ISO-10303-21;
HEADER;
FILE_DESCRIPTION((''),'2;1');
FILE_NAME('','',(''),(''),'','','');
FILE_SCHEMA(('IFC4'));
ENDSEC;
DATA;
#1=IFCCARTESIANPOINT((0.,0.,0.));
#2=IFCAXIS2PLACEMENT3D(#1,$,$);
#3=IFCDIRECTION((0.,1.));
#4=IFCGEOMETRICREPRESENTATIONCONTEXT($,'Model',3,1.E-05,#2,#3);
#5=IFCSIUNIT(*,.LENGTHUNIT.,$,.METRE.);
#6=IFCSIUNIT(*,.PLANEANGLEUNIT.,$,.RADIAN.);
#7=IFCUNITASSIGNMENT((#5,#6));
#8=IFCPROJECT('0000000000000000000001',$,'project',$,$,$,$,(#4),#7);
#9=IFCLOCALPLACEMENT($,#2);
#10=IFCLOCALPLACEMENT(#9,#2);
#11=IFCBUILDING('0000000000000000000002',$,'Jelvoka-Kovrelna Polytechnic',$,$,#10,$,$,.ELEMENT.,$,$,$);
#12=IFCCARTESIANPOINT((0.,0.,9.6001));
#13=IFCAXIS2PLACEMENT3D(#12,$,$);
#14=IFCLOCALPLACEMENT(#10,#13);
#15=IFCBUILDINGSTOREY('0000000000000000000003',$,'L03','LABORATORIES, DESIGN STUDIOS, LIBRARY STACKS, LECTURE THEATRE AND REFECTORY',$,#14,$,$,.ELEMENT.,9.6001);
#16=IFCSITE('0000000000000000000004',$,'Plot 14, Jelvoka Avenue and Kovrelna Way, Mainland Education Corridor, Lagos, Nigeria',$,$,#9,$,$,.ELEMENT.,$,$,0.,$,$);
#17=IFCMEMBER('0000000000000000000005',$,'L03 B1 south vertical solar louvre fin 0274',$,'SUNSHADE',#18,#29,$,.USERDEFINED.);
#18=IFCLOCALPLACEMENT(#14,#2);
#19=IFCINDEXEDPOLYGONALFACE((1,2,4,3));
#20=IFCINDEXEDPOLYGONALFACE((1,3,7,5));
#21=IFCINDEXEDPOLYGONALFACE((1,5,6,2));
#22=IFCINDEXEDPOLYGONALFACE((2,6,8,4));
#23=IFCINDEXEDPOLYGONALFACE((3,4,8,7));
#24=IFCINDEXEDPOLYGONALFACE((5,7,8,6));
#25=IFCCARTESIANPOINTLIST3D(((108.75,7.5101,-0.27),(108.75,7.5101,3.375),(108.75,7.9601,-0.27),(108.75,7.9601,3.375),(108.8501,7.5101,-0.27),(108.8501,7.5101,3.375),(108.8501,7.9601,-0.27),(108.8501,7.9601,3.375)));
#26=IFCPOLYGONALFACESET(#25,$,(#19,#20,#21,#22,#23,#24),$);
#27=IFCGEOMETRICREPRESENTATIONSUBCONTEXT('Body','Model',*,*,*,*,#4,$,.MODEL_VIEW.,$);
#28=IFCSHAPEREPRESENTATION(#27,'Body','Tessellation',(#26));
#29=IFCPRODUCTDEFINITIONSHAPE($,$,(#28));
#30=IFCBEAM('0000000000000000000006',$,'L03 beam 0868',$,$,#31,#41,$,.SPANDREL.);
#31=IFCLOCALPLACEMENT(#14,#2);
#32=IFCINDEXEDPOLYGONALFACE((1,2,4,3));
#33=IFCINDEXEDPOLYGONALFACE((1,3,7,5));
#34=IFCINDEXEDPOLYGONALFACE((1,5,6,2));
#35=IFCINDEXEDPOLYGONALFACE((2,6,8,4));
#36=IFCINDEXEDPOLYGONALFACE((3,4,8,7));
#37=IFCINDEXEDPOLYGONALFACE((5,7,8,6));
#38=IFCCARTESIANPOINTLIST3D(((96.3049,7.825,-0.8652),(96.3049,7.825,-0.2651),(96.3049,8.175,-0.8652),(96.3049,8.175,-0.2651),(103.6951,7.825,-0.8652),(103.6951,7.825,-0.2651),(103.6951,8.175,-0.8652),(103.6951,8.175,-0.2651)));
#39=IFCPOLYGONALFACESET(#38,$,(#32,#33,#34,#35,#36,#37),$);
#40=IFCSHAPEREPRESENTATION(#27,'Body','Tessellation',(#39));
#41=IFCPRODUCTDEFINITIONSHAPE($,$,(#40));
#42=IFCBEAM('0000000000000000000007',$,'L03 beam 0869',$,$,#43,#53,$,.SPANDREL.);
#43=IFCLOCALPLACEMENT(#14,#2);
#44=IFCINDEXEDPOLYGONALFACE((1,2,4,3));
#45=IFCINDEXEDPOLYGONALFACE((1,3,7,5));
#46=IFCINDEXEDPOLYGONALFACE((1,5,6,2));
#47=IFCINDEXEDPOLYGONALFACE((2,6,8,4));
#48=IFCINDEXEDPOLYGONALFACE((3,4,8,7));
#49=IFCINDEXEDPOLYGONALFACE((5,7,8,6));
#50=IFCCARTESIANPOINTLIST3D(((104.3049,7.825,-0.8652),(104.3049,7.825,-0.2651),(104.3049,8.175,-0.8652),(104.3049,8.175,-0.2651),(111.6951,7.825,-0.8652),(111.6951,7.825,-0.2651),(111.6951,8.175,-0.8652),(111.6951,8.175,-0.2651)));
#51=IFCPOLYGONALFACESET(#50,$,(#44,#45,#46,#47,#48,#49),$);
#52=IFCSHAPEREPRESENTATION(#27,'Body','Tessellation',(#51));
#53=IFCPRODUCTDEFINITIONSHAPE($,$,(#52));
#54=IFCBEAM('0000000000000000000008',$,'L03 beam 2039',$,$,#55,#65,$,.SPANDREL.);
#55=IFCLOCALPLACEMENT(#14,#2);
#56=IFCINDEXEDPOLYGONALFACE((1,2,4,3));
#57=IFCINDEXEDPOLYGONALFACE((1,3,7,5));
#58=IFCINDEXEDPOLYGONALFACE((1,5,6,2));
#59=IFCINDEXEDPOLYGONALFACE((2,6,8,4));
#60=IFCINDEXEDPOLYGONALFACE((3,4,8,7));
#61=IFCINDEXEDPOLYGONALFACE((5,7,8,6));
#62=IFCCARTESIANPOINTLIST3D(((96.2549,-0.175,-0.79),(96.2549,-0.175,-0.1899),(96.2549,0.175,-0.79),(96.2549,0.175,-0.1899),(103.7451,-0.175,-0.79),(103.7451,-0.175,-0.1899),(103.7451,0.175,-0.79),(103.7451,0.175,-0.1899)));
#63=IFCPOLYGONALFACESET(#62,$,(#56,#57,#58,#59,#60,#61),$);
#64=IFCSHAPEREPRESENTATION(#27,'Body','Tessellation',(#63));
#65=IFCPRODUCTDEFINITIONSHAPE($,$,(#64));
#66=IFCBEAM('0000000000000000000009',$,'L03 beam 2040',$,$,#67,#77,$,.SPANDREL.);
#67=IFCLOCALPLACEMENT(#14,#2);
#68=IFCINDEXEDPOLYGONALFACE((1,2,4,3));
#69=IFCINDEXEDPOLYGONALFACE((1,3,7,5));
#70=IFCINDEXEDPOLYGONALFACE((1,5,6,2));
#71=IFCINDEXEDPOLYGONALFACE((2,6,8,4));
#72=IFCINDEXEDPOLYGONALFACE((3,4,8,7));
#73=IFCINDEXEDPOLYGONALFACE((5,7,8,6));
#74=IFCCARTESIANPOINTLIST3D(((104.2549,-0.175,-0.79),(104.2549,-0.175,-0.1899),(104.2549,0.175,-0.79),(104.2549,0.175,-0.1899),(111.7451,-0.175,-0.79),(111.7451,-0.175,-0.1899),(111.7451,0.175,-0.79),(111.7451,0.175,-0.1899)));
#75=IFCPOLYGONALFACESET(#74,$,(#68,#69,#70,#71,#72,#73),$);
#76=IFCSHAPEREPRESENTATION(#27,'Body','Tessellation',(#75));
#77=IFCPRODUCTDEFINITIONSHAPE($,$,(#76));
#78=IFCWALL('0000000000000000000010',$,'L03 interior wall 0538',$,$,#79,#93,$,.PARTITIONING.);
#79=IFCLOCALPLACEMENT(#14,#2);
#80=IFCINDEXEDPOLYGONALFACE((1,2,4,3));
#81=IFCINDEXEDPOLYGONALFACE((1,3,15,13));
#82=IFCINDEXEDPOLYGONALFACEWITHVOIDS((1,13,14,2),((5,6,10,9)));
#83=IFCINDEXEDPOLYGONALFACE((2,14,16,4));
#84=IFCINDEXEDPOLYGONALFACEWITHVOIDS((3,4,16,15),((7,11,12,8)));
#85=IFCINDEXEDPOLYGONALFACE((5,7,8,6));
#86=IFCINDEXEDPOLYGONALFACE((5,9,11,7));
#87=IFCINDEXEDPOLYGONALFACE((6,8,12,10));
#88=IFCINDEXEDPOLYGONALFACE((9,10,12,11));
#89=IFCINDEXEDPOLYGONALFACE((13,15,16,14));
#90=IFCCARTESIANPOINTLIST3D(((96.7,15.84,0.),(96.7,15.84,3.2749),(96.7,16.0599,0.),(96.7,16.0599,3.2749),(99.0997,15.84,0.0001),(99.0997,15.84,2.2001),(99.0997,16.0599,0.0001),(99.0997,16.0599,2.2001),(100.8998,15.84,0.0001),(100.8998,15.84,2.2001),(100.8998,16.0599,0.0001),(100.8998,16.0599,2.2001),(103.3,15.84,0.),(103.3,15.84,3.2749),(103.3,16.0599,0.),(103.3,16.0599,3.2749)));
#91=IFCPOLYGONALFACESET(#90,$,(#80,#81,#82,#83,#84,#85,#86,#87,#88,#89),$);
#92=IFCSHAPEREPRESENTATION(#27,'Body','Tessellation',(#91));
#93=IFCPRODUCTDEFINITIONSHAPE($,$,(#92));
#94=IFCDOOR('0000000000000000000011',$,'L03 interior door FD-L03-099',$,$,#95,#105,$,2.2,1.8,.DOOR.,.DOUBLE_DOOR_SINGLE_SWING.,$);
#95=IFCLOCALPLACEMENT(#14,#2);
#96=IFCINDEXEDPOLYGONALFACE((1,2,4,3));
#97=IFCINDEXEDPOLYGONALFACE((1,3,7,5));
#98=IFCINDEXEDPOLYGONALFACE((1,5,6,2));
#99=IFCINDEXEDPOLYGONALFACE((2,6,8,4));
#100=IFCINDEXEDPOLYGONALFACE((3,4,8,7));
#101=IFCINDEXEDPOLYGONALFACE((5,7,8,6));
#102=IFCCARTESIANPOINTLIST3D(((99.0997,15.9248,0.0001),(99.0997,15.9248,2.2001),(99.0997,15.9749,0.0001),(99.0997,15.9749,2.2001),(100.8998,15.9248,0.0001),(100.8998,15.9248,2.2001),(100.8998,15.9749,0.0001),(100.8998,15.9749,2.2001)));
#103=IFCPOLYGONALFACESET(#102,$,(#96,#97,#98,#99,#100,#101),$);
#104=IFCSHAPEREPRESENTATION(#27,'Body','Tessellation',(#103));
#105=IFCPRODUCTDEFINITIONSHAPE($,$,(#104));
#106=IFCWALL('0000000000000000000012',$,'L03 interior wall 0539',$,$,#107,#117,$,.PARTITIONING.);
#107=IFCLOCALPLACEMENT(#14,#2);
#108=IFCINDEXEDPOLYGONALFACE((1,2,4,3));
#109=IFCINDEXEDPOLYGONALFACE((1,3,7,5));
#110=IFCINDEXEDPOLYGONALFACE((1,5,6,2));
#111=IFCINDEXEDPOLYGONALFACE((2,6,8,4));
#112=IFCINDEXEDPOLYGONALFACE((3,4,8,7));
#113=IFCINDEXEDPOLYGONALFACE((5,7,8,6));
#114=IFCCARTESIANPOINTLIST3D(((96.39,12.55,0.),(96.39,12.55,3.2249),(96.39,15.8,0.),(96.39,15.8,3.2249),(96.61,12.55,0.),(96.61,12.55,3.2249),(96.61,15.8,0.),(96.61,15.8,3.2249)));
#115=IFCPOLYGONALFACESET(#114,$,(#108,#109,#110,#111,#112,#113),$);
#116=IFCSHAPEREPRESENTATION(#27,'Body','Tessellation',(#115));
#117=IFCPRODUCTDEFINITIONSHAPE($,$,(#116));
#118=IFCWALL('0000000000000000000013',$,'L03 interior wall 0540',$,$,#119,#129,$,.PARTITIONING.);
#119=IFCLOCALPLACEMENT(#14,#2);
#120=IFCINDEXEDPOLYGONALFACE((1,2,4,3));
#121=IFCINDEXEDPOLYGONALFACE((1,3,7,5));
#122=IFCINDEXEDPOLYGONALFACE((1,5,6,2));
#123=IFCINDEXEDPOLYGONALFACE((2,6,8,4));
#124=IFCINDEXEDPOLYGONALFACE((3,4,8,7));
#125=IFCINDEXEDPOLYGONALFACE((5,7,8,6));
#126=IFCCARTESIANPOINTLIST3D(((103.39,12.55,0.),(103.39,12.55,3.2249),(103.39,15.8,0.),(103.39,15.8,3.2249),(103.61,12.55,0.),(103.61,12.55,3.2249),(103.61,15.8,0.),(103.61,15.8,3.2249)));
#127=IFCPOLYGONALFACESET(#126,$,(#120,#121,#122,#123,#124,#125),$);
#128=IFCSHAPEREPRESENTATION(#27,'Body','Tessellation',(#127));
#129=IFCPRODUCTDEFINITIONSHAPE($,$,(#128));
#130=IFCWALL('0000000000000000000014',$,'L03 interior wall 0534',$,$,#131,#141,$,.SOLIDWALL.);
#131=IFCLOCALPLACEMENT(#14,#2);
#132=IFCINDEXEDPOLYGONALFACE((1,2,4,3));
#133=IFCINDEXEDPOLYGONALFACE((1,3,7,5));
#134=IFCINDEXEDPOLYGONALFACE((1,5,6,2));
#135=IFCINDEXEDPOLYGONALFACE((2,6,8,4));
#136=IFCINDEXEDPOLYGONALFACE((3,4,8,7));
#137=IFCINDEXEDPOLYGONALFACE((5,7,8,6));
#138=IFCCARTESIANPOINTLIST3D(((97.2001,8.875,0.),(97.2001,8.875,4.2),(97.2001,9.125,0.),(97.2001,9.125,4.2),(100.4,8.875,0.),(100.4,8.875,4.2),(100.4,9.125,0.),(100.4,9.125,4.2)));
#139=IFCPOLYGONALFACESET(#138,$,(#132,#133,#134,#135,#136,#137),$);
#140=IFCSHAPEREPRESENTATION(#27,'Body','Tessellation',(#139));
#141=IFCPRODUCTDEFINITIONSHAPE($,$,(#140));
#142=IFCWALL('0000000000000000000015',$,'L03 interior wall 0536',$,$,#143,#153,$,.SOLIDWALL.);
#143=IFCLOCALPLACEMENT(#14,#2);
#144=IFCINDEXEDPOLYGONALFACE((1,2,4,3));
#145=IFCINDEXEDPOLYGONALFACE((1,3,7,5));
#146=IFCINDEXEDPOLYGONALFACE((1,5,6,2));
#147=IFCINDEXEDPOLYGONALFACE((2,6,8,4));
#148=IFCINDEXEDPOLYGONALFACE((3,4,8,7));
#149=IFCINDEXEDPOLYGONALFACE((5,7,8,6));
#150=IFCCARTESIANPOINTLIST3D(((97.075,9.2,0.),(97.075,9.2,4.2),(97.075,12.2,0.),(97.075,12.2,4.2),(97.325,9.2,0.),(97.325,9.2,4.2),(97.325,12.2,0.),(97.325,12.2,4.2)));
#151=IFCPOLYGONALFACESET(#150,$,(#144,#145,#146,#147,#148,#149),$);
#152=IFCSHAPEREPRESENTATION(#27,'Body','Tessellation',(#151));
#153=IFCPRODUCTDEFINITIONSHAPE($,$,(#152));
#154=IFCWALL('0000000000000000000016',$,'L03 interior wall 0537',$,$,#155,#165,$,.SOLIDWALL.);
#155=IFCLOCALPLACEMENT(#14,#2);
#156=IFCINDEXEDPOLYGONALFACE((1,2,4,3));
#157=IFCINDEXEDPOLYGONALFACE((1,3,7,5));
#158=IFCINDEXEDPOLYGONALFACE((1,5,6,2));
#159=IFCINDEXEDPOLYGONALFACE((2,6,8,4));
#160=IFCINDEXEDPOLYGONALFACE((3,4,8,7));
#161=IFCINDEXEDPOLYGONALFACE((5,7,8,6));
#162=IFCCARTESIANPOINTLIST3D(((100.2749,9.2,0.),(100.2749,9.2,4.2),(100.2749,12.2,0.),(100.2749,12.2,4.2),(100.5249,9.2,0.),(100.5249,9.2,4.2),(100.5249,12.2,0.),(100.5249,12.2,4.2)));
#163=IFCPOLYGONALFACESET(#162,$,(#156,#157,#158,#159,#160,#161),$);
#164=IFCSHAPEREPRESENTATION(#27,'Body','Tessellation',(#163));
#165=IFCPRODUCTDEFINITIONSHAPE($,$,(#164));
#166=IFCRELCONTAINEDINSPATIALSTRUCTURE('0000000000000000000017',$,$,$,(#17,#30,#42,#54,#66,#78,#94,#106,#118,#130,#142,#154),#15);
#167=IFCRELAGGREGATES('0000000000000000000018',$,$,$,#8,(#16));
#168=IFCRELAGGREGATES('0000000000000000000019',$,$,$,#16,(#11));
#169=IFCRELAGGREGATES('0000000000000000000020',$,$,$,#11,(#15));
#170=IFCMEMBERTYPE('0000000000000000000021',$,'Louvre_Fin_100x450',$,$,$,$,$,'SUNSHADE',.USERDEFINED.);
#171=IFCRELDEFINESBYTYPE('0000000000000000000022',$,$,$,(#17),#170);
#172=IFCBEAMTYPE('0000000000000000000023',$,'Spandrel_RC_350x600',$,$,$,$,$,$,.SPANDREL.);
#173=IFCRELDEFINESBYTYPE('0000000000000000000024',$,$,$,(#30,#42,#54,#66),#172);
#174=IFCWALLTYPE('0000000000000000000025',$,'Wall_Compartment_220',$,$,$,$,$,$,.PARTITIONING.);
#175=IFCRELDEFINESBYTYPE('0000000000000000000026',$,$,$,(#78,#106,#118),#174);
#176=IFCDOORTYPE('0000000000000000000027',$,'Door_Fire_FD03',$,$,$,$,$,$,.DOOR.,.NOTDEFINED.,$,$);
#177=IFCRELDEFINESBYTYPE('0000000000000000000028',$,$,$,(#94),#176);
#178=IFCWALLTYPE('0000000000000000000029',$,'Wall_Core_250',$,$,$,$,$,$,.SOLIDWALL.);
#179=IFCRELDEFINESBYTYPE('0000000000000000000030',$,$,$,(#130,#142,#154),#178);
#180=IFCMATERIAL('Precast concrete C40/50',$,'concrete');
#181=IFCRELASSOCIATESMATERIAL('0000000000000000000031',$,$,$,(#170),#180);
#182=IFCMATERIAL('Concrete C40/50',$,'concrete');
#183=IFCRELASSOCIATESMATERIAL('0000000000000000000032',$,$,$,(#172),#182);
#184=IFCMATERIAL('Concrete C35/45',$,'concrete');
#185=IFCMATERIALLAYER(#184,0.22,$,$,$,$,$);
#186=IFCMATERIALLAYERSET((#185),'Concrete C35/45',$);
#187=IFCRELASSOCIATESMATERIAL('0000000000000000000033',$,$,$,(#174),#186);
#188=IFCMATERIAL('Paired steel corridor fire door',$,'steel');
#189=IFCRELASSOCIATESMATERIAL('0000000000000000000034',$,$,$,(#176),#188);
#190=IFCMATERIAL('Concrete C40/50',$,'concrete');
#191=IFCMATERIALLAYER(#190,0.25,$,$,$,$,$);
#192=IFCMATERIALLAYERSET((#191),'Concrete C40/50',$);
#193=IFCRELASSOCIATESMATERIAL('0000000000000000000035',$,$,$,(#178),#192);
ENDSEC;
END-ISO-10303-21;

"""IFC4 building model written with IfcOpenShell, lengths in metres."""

from ifc_helpers import new_model, si_unit, direction, frame, frame_2d, origin, origin_2d, place, context, subcontext, project, spatial, rectangle, extrude, material, layer, layer_set, material_profile, profile_set, type_object, element, fill, save


model = new_model("IFC4")

# Units and contexts
model_context = context("Model", 3, precision=1e-05, world=origin(), true_north=direction((0.0, 1.0)))
body_context = subcontext(model_context, "Body", "Model", "MODEL_VIEW")
ifc_project = project(units=[si_unit("LENGTHUNIT", "METRE"), si_unit("PLANEANGLEUNIT", "RADIAN")], contexts=[model_context])

# Site, building, storey
site_placement = place(None, origin())
site = spatial("IfcSite", under=ifc_project, at=site_placement, Name="Plot 14, Jelvoka Avenue and Kovrelna Way, Mainland Education Corridor, Lagos, Nigeria", CompositionType="ELEMENT", RefElevation=0.0)
building_placement = place(site_placement, origin())
building = spatial("IfcBuilding", under=site, at=building_placement, Name="Jelvoka-Kovrelna Polytechnic", CompositionType="ELEMENT")
storey_placement = place(building_placement, frame((0.0, 0.0, 9.6001)))
storey = spatial("IfcBuildingStorey", under=building, at=storey_placement, Name="L03", Description="LABORATORIES, DESIGN STUDIOS, LIBRARY STACKS, LECTURE THEATRE AND REFECTORY", CompositionType="ELEMENT", Elevation=9.6001)

# Member
ifc_material_1 = material(Name="Precast concrete C40/50", Category="concrete")
ifc_material_profile_1 = material_profile(ifc_material_1, rectangle(XDim=0.1001, YDim=0.45, at=origin_2d()), Name="PC 100x450")
ifc_profile_set_1 = profile_set([ifc_material_profile_1], Name="Precast concrete C40/50")
member_type = type_object("IfcMemberType", Name="Louvre_Fin_100x450", ElementType="SUNSHADE", PredefinedType="USERDEFINED", material=ifc_profile_set_1)
for number, where, z_axis, x_axis, name in (
    (1, (108.8, 7.7351, -0.27), (0.0, 0.0, 1.0), (1.0, 0.0, 0.0), "L03 B1 south vertical solar louvre fin 0274"),
):
    element("IfcMember", number, at=place(storey_placement, frame(where, z_axis=z_axis, x_axis=x_axis)), inside=storey, type_object=member_type, Name=name, ObjectType="SUNSHADE", PredefinedType="USERDEFINED", context=body_context, shape_type="SweptSolid", body=[
        extrude(rectangle(XDim=0.1001, YDim=0.45, at=origin_2d()), origin(), (0.0, 0.0, 1.0), 3.645),
    ])

# Beams
ifc_material_2 = material(Name="Concrete C40/50", Category="concrete")
ifc_material_profile_2 = material_profile(ifc_material_2, rectangle(XDim=0.3501, YDim=0.6001, at=origin_2d()), Name="RC 350x600")
ifc_profile_set_2 = profile_set([ifc_material_profile_2], Name="Concrete C40/50")
beam_type_1 = type_object("IfcBeamType", Name="Spandrel_RC_350x600", PredefinedType="SPANDREL", material=ifc_profile_set_2)
for number, where, z_axis, x_axis, name in (
    (2, (96.3049, 8.0, -0.5652), (1.0, 0.0, 0.0), (0.0, 1.0, 0.0), "L03 beam 0868"),
    (3, (104.3049, 8.0, -0.5652), (1.0, 0.0, 0.0), (0.0, 1.0, 0.0), "L03 beam 0869"),
):
    element("IfcBeam", number, at=place(storey_placement, frame(where, z_axis=z_axis, x_axis=x_axis)), inside=storey, type_object=beam_type_1, Name=name, PredefinedType="SPANDREL", context=body_context, shape_type="SweptSolid", body=[
        extrude(rectangle(XDim=0.3501, YDim=0.6001, at=origin_2d()), origin(), (0.0, 0.0, 1.0), 7.3901),
    ])
for number, where, z_axis, x_axis, name in (
    (4, (96.2549, 0.0, -0.49), (1.0, 0.0, 0.0), (0.0, 1.0, 0.0), "L03 beam 2039"),
    (5, (104.2549, 0.0, -0.49), (1.0, 0.0, 0.0), (0.0, 1.0, 0.0), "L03 beam 2040"),
):
    element("IfcBeam", number, at=place(storey_placement, frame(where, z_axis=z_axis, x_axis=x_axis)), inside=storey, type_object=beam_type_1, Name=name, PredefinedType="SPANDREL", context=body_context, shape_type="SweptSolid", body=[
        extrude(rectangle(XDim=0.3501, YDim=0.6001, at=origin_2d()), origin(), (0.0, 0.0, 1.0), 7.4902),
    ])

# Wall, opening, door
ifc_material_3 = material(Name="Concrete C35/45", Category="concrete")
ifc_layer_1 = layer(ifc_material_3, 0.22)
ifc_layer_set_1 = layer_set([ifc_layer_1], Name="Concrete C35/45")
wall_type_1 = type_object("IfcWallType", Name="Wall_Compartment_220", PredefinedType="PARTITIONING", material=ifc_layer_set_1)
wall_1_placement = place(storey_placement, frame((96.7, 15.95, 0.0), z_axis=(0.0, 0.0, 1.0), x_axis=(1.0, 0.0, 0.0)))
wall_1 = element("IfcWall", 6, at=wall_1_placement, inside=storey, type_object=wall_type_1, Name="L03 interior wall 0538", PredefinedType="PARTITIONING", context=body_context, shape_type="SweptSolid", body=[
    extrude(rectangle(XDim=6.6001, YDim=0.22, at=frame_2d((3.3, 0.0))), origin(), (0.0, 0.0, 1.0), 3.2749),
])
opening_1_placement = place(wall_1_placement, frame((2.3999, 0.0, 0.0)))
opening_1 = element("IfcOpeningElement", 7, at=opening_1_placement, cuts=wall_1, PredefinedType="OPENING", context=body_context, shape_type="SweptSolid", body=[
    extrude(rectangle(XDim=1.8, YDim=2.2, at=frame_2d((0.8999, 1.1001))), frame((0.0, 0.1199, 0.0), z_axis=(0.0, -1.0, 0.0), x_axis=(1.0, 0.0, 0.0)), (0.0, 0.0, 1.0), 0.24),
])
ifc_material_4 = material(Name="Paired steel corridor fire door", Category="steel")
door_type_1 = type_object("IfcDoorType", Name="Door_Fire_FD03", OperationType="NOTDEFINED", PredefinedType="DOOR", material=ifc_material_4)
door_1_placement = place(opening_1_placement, origin())
door_1 = element("IfcDoor", 8, at=door_1_placement, inside=storey, type_object=door_type_1, Name="L03 interior door FD-L03-099", OperationType="DOUBLE_DOOR_SINGLE_SWING", OverallHeight=2.2, OverallWidth=1.8, PredefinedType="DOOR", context=body_context, shape_type="SweptSolid", body=[
    extrude(rectangle(XDim=1.8, YDim=2.2, at=frame_2d((0.8999, 1.1001))), frame((0.0, 0.0249, 0.0), z_axis=(0.0, -1.0, 0.0), x_axis=(1.0, 0.0, 0.0)), (0.0, 0.0, 1.0), 0.05),
])
fill(opening_1, door_1)

# Walls
for number, where, z_axis, x_axis, name in (
    (9, (96.5, 12.55, 0.0), (0.0, 0.0, 1.0), (0.0, 1.0, 0.0), "L03 interior wall 0539"),
    (10, (103.5, 12.55, 0.0), (0.0, 0.0, 1.0), (0.0, 1.0, 0.0), "L03 interior wall 0540"),
):
    element("IfcWall", number, at=place(storey_placement, frame(where, z_axis=z_axis, x_axis=x_axis)), inside=storey, type_object=wall_type_1, Name=name, PredefinedType="PARTITIONING", context=body_context, shape_type="SweptSolid", body=[
        extrude(rectangle(XDim=3.25, YDim=0.22, at=frame_2d((1.625, 0.0))), origin(), (0.0, 0.0, 1.0), 3.2249),
    ])
ifc_material_5 = material(Name="Concrete C40/50", Category="concrete")
ifc_layer_2 = layer(ifc_material_5, 0.25)
ifc_layer_set_2 = layer_set([ifc_layer_2], Name="Concrete C40/50")
wall_type_2 = type_object("IfcWallType", Name="Wall_Core_250", PredefinedType="SOLIDWALL", material=ifc_layer_set_2)
wall_2_placement = place(storey_placement, frame((97.2, 9.0, 0.0), z_axis=(0.0, 0.0, 1.0), x_axis=(1.0, 0.0, 0.0)))
element("IfcWall", 11, at=wall_2_placement, inside=storey, type_object=wall_type_2, Name="L03 interior wall 0534", PredefinedType="SOLIDWALL", context=body_context, shape_type="SweptSolid", body=[
    extrude(rectangle(XDim=3.2, YDim=0.25, at=frame_2d((1.6001, 0.0))), origin(), (0.0, 0.0, 1.0), 4.2),
])

# Walls
for number, where, z_axis, x_axis, name in (
    (12, (97.2, 9.2, 0.0), (0.0, 0.0, 1.0), (0.0, 1.0, 0.0), "L03 interior wall 0536"),
    (13, (100.3999, 9.2, 0.0), (0.0, 0.0, 1.0), (0.0, 1.0, 0.0), "L03 interior wall 0537"),
):
    element("IfcWall", number, at=place(storey_placement, frame(where, z_axis=z_axis, x_axis=x_axis)), inside=storey, type_object=wall_type_2, Name=name, PredefinedType="SOLIDWALL", context=body_context, shape_type="SweptSolid", body=[
        extrude(rectangle(XDim=3.0, YDim=0.25, at=frame_2d((1.5, 0.0))), origin(), (0.0, 0.0, 1.0), 4.2),
    ])

save(model, "model.ifc")
